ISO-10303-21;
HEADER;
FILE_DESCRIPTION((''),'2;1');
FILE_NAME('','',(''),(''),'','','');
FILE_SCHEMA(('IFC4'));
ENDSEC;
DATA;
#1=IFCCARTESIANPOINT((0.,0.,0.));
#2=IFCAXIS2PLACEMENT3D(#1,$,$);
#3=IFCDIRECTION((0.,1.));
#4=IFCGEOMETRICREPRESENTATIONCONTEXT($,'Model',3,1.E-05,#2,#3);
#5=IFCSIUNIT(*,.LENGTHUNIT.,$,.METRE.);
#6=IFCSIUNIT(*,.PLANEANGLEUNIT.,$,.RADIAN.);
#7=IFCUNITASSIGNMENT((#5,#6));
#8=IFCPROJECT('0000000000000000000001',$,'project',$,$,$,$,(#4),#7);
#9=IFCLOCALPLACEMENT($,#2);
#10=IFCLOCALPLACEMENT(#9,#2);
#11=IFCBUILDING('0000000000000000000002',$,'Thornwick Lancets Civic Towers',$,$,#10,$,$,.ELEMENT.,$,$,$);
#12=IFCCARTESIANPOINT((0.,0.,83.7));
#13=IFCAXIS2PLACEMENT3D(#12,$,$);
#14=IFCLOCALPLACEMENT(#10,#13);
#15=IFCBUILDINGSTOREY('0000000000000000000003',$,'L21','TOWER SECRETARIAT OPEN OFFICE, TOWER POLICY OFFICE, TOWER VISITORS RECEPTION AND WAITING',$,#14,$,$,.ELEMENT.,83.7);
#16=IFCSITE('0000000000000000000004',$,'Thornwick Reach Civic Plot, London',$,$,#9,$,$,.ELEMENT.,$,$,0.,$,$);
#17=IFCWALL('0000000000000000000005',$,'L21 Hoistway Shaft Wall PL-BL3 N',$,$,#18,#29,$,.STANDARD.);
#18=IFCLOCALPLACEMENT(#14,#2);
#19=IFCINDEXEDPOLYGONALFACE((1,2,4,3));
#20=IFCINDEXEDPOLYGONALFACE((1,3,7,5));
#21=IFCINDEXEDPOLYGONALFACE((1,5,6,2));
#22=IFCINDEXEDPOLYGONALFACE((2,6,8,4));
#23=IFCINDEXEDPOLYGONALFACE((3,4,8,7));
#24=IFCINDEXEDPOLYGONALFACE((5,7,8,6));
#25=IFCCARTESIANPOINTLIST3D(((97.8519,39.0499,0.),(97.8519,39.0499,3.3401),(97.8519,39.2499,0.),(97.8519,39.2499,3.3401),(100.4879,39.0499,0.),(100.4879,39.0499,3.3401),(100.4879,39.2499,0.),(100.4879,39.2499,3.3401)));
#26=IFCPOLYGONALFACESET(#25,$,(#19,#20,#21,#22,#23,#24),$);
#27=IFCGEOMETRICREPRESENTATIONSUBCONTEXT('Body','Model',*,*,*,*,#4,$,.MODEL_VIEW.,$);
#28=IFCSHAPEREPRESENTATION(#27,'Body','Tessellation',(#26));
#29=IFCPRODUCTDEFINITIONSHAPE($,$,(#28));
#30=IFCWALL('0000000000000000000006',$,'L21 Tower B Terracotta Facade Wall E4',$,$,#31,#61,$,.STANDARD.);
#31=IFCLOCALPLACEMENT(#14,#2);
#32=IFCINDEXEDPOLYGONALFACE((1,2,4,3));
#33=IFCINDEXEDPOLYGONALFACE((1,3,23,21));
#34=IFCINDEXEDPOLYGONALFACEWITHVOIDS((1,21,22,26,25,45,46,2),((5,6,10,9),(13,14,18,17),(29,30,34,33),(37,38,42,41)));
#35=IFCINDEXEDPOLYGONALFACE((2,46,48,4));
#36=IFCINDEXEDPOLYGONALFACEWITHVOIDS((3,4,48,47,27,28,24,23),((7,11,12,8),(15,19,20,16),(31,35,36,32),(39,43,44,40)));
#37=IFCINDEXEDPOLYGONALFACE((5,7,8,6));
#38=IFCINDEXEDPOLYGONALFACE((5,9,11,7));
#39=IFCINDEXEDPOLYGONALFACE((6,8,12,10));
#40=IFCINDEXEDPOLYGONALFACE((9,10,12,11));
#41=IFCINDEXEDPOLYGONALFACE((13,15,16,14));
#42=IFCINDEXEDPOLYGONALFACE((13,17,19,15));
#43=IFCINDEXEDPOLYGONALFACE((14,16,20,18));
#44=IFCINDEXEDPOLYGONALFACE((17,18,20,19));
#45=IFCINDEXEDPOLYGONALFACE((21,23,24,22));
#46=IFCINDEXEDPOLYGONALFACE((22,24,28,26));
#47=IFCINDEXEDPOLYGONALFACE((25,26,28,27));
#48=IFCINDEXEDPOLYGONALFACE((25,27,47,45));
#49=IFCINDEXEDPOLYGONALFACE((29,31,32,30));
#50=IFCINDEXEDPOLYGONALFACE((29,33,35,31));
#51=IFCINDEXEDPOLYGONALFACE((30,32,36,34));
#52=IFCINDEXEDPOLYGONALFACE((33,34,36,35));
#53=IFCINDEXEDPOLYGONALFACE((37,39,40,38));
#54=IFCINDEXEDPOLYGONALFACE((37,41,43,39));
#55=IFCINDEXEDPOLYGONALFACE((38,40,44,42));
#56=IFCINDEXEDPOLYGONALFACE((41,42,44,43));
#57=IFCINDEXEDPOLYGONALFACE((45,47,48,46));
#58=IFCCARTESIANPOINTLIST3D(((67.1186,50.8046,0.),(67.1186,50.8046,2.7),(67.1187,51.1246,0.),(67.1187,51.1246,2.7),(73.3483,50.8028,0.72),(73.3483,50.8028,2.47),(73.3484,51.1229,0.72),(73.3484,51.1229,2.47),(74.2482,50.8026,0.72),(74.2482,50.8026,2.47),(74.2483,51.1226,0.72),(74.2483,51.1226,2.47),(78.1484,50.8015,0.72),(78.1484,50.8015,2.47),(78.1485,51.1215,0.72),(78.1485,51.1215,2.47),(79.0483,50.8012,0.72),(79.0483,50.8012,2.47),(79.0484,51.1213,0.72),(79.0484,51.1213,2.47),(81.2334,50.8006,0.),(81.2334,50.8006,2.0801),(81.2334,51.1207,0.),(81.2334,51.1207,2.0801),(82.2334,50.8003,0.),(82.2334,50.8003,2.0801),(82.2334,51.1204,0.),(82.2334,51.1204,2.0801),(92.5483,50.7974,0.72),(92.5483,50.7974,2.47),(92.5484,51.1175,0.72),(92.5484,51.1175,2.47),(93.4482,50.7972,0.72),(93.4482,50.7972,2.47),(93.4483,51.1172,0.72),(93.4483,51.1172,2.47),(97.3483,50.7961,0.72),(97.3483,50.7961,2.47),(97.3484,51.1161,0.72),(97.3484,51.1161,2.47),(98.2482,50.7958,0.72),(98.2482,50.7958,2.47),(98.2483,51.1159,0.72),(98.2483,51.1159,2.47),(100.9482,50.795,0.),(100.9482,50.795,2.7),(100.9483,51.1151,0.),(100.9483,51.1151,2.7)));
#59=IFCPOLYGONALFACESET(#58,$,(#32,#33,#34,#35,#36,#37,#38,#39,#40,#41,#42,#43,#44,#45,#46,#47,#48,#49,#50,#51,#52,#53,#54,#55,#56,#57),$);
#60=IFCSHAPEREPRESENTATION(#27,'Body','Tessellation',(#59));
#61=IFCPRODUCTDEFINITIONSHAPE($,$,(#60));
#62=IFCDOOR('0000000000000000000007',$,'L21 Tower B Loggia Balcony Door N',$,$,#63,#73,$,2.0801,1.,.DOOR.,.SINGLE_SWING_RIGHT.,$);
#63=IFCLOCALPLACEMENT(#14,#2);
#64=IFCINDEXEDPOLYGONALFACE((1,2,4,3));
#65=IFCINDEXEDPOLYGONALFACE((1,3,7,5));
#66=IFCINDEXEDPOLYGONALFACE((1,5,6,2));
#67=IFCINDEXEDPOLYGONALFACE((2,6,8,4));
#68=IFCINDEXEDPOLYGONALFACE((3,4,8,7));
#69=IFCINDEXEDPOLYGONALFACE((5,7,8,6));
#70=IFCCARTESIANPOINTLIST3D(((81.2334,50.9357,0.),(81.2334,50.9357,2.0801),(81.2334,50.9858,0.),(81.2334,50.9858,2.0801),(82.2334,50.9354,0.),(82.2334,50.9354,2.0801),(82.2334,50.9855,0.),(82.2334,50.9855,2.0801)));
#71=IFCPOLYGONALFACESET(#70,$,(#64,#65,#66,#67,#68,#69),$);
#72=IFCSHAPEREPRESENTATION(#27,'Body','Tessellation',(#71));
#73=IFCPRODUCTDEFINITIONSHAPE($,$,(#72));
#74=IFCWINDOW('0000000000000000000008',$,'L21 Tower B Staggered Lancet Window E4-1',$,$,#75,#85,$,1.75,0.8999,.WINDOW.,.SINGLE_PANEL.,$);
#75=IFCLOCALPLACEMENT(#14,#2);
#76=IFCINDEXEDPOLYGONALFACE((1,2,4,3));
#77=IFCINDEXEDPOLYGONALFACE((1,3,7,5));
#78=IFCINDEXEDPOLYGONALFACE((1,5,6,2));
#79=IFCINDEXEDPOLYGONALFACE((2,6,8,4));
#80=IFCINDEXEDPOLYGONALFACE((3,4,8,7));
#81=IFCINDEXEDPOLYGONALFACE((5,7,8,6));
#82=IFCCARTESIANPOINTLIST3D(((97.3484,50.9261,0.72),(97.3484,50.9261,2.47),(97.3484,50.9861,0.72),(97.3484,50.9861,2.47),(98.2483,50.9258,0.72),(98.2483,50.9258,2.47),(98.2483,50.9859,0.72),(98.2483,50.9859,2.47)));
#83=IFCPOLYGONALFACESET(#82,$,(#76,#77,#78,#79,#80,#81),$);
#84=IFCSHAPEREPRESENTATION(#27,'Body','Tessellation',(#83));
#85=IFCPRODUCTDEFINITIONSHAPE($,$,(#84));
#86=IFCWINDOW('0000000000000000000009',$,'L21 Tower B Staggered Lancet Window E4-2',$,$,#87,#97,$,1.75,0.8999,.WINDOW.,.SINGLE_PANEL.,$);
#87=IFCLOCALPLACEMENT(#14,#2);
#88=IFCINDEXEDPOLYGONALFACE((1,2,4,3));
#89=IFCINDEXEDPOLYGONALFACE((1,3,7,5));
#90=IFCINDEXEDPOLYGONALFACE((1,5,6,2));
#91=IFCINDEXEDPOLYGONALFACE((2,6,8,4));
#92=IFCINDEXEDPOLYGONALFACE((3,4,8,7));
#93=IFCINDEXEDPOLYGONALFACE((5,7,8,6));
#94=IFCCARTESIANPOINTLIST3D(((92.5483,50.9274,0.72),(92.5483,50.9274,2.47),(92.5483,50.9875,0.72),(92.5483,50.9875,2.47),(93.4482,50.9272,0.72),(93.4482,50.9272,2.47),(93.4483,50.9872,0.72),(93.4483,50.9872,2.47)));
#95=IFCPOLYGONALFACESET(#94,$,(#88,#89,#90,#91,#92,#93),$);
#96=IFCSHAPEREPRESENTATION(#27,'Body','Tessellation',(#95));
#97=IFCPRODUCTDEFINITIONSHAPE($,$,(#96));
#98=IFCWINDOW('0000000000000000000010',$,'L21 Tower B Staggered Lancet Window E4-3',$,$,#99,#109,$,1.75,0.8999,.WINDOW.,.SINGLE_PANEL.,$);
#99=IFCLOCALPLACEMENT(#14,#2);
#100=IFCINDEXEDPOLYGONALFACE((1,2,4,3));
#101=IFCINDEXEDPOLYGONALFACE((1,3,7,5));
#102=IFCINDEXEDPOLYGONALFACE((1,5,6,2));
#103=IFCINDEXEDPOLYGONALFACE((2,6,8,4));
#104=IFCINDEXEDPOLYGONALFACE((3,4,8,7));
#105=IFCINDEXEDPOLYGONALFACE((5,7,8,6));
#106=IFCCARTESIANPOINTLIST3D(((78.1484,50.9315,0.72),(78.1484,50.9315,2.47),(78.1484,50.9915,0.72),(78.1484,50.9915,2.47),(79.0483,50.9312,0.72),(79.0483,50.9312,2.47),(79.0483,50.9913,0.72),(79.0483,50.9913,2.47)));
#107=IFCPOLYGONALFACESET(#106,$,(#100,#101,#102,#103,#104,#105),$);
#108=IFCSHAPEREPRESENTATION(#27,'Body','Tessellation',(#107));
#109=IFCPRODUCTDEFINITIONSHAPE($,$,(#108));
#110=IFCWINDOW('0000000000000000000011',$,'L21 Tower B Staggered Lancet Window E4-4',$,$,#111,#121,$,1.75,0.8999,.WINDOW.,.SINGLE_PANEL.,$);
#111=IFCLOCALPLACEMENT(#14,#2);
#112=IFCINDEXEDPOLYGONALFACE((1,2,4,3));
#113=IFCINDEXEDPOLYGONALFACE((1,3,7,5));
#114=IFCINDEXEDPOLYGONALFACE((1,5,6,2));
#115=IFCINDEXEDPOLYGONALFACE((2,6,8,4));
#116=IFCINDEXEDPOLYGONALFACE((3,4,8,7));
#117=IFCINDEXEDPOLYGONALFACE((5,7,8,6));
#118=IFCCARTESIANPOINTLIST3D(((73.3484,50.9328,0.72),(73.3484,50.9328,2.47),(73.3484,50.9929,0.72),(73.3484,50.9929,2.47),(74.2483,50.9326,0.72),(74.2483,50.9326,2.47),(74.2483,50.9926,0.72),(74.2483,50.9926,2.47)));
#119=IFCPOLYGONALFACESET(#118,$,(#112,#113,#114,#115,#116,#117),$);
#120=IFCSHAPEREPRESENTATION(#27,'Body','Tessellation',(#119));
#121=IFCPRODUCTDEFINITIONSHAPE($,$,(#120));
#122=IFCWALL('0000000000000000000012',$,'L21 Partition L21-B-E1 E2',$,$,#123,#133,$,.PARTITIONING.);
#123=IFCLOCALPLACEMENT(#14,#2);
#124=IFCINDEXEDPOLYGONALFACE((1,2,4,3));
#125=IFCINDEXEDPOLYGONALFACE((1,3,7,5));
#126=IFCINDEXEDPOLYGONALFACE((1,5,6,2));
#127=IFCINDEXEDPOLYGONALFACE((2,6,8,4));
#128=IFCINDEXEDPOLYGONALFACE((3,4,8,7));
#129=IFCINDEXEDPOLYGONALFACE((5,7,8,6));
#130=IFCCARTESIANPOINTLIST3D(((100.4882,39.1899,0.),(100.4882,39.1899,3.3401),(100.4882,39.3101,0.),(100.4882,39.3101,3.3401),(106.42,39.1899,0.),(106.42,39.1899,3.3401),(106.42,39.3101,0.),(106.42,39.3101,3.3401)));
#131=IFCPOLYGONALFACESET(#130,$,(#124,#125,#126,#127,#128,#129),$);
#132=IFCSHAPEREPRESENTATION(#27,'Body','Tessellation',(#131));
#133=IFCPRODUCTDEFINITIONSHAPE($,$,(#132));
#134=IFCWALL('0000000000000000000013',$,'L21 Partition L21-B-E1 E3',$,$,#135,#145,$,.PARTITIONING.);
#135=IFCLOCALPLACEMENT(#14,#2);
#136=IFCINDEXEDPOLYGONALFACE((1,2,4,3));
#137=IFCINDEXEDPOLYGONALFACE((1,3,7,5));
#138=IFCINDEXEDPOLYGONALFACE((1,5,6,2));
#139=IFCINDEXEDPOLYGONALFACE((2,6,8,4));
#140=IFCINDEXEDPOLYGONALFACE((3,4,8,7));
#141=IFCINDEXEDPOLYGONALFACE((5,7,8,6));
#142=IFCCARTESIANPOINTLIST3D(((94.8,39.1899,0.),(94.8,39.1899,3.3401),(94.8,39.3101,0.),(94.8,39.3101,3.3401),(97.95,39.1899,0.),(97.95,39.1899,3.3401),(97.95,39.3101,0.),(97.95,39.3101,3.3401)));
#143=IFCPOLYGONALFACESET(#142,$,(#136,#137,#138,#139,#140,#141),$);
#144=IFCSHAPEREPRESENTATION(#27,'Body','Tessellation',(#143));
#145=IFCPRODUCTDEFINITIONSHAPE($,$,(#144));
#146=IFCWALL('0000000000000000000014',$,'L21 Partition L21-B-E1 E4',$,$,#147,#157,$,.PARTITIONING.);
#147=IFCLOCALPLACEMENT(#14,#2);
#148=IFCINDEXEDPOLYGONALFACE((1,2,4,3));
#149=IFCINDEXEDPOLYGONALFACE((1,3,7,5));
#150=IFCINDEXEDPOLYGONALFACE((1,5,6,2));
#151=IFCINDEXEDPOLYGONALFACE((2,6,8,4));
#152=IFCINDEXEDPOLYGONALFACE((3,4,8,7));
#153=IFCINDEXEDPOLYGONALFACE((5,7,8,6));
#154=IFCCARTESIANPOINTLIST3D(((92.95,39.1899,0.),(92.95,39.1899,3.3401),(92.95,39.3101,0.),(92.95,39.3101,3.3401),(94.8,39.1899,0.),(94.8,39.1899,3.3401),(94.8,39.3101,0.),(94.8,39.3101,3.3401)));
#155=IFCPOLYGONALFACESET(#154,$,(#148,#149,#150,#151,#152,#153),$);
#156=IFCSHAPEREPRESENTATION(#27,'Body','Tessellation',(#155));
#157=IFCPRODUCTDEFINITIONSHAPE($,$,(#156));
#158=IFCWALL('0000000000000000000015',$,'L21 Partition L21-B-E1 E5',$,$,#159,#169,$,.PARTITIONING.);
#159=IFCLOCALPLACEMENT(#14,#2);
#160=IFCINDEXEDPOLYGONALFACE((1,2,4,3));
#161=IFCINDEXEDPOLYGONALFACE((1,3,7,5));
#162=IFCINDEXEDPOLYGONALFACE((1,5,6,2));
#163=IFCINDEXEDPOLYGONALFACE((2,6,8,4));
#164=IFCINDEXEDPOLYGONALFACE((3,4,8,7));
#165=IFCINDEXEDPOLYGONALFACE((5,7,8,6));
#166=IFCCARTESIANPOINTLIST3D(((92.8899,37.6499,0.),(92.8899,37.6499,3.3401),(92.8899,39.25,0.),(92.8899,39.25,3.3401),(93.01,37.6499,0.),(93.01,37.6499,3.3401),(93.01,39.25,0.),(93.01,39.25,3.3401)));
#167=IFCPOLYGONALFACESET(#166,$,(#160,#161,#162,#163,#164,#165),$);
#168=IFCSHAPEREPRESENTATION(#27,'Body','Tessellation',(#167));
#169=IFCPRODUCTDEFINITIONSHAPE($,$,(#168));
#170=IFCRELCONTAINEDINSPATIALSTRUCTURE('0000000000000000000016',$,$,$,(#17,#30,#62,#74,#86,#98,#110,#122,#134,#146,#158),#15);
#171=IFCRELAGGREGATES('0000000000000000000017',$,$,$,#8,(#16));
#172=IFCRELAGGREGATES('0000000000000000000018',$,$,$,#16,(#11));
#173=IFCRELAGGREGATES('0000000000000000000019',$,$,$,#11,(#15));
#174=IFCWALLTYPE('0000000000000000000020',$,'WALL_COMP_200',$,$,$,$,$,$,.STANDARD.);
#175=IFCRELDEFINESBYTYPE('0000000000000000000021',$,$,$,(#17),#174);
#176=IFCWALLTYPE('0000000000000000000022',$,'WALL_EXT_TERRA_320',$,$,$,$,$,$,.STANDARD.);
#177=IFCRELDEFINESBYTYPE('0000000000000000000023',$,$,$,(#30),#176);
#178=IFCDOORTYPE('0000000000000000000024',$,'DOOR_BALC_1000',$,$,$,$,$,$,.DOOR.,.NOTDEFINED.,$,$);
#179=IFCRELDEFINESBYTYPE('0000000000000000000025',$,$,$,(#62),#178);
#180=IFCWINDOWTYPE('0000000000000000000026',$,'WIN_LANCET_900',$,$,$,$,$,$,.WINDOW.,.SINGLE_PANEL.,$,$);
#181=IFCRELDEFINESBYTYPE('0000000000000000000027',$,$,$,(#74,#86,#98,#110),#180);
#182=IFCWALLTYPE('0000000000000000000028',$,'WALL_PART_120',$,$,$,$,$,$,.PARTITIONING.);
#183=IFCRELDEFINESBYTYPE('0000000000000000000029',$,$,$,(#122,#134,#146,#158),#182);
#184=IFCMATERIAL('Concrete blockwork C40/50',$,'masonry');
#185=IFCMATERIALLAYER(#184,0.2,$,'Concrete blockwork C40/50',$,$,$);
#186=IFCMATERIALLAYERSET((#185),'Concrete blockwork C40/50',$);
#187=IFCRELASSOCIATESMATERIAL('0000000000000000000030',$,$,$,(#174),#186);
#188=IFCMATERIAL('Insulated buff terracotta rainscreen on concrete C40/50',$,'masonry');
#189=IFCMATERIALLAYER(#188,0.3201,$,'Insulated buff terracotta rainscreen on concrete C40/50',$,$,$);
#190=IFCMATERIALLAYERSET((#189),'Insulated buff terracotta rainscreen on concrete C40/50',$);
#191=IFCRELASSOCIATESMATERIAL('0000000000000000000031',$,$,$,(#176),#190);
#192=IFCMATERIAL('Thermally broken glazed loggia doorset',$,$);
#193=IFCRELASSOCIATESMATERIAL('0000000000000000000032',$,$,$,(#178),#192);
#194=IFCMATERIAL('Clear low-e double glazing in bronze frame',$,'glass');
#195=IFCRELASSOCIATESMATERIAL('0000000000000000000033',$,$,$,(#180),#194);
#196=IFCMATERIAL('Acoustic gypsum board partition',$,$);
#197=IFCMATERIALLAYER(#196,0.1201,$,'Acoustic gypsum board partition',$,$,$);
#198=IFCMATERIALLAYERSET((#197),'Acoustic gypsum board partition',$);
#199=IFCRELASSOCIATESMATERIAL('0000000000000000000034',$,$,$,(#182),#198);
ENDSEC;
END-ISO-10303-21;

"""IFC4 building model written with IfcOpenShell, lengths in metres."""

from ifc_helpers import new_model, si_unit, direction, frame, frame_2d, origin, place, context, subcontext, project, spatial, rectangle, extrude, material, layer, layer_set, type_object, element, fill, save


model = new_model("IFC4")

# Units and contexts
model_context = context("Model", 3, precision=1e-05, world=origin(), true_north=direction((0.0, 1.0)))
body_context = subcontext(model_context, "Body", "Model", "MODEL_VIEW")
ifc_project = project(units=[si_unit("LENGTHUNIT", "METRE"), si_unit("PLANEANGLEUNIT", "RADIAN")], contexts=[model_context])

# Site, building, storey
site_placement = place(None, origin())
site = spatial("IfcSite", under=ifc_project, at=site_placement, Name="Thornwick Reach Civic Plot, London", CompositionType="ELEMENT", RefElevation=0.0)
building_placement = place(site_placement, origin())
building = spatial("IfcBuilding", under=site, at=building_placement, Name="Thornwick Lancets Civic Towers", CompositionType="ELEMENT")
storey_placement = place(building_placement, frame((0.0, 0.0, 83.7)))
storey = spatial("IfcBuildingStorey", under=building, at=storey_placement, Name="L21", Description="TOWER SECRETARIAT OPEN OFFICE, TOWER POLICY OFFICE, TOWER VISITORS RECEPTION AND WAITING", CompositionType="ELEMENT", Elevation=83.7)

# Wall
ifc_material_1 = material(Name="Concrete blockwork C40/50", Category="masonry")
ifc_layer_1 = layer(ifc_material_1, 0.2, Name="Concrete blockwork C40/50")
ifc_layer_set_1 = layer_set([ifc_layer_1], Name="Concrete blockwork C40/50")
wall_type_1 = type_object("IfcWallType", Name="WALL_COMP_200", PredefinedType="STANDARD", material=ifc_layer_set_1)
wall_1_placement = place(storey_placement, frame((97.8521, 39.1499, 0.0), z_axis=(0.0, 0.0, 1.0), x_axis=(1.0, 0.0, 0.0)))
element("IfcWall", 1, at=wall_1_placement, inside=storey, type_object=wall_type_1, Name="L21 Hoistway Shaft Wall PL-BL3 N", PredefinedType="STANDARD", context=body_context, shape_type="SweptSolid", body=[
    extrude(rectangle(XDim=2.636, YDim=0.2, at=frame_2d((1.3179, 0.0))), origin(), (0.0, 0.0, 1.0), 3.3401),
])

# Wall, openings, door, windows
ifc_material_2 = material(Name="Insulated buff terracotta rainscreen on concrete C40/50", Category="masonry")
ifc_layer_2 = layer(ifc_material_2, 0.3201, Name="Insulated buff terracotta rainscreen on concrete C40/50")
ifc_layer_set_2 = layer_set([ifc_layer_2], Name="Insulated buff terracotta rainscreen on concrete C40/50")
wall_type_2 = type_object("IfcWallType", Name="WALL_EXT_TERRA_320", PredefinedType="STANDARD", material=ifc_layer_set_2)
wall_2_placement = place(storey_placement, frame((100.9482, 50.9551, 0.0), z_axis=(0.0, 0.0, 1.0), x_axis=(-1.0, 0.000281, 0.0)))
wall_2 = element("IfcWall", 2, at=wall_2_placement, inside=storey, type_object=wall_type_2, Name="L21 Tower B Terracotta Facade Wall E4", PredefinedType="STANDARD", context=body_context, shape_type="SweptSolid", body=[
    extrude(rectangle(XDim=33.8296, YDim=0.3201, at=frame_2d((16.9148, 0.0))), origin(), (0.0, 0.0, 1.0), 2.7),
])
opening_1_placement = place(wall_2_placement, frame((18.7148, 0.0, 0.0)))
opening_1 = element("IfcOpeningElement", 3, at=opening_1_placement, cuts=wall_2, PredefinedType="OPENING", context=body_context, shape_type="SweptSolid", body=[
    extrude(rectangle(XDim=1.0, YDim=2.0801, at=frame_2d((0.5, 1.04))), frame((0.0, 0.1699, 0.0), z_axis=(0.0, -1.0, 0.0), x_axis=(1.0, 0.0, 0.0)), (0.0, 0.0, 1.0), 0.3401),
])
opening_2_placement = place(wall_2_placement, frame((2.7, 0.0, 0.72)))
opening_2 = element("IfcOpeningElement", 4, at=opening_2_placement, cuts=wall_2, PredefinedType="OPENING", context=body_context, shape_type="SweptSolid", body=[
    extrude(rectangle(XDim=0.8999, YDim=1.75, at=frame_2d((0.45, 0.875))), frame((0.0, 0.1699, 0.0), z_axis=(0.0, -1.0, 0.0), x_axis=(1.0, 0.0, 0.0)), (0.0, 0.0, 1.0), 0.3401),
])
opening_3_placement = place(wall_2_placement, frame((7.5, 0.0, 0.72)))
opening_3 = element("IfcOpeningElement", 5, at=opening_3_placement, cuts=wall_2, PredefinedType="OPENING", context=body_context, shape_type="SweptSolid", body=[
    extrude(rectangle(XDim=0.8999, YDim=1.75, at=frame_2d((0.45, 0.875))), frame((0.0, 0.1699, 0.0), z_axis=(0.0, -1.0, 0.0), x_axis=(1.0, 0.0, 0.0)), (0.0, 0.0, 1.0), 0.3401),
])
opening_4_placement = place(wall_2_placement, frame((21.8999, 0.0, 0.72)))
opening_4 = element("IfcOpeningElement", 6, at=opening_4_placement, cuts=wall_2, PredefinedType="OPENING", context=body_context, shape_type="SweptSolid", body=[
    extrude(rectangle(XDim=0.8999, YDim=1.75, at=frame_2d((0.45, 0.875))), frame((0.0, 0.1699, 0.0), z_axis=(0.0, -1.0, 0.0), x_axis=(1.0, 0.0, 0.0)), (0.0, 0.0, 1.0), 0.3401),
])
opening_5_placement = place(wall_2_placement, frame((26.7, 0.0, 0.72)))
opening_5 = element("IfcOpeningElement", 7, at=opening_5_placement, cuts=wall_2, PredefinedType="OPENING", context=body_context, shape_type="SweptSolid", body=[
    extrude(rectangle(XDim=0.8999, YDim=1.75, at=frame_2d((0.45, 0.875))), frame((0.0, 0.1699, 0.0), z_axis=(0.0, -1.0, 0.0), x_axis=(1.0, 0.0, 0.0)), (0.0, 0.0, 1.0), 0.3401),
])
ifc_material_3 = material(Name="Thermally broken glazed loggia doorset")
door_type = type_object("IfcDoorType", Name="DOOR_BALC_1000", OperationType="NOTDEFINED", PredefinedType="DOOR", material=ifc_material_3)
door_placement = place(opening_1_placement, origin())
door = element("IfcDoor", 8, at=door_placement, inside=storey, type_object=door_type, Name="L21 Tower B Loggia Balcony Door N", OperationType="SINGLE_SWING_RIGHT", OverallHeight=2.0801, OverallWidth=1.0, PredefinedType="DOOR", context=body_context, shape_type="SweptSolid", body=[
    extrude(rectangle(XDim=1.0, YDim=2.0801, at=frame_2d((0.5, 1.04))), frame((0.0, 0.0249, 0.0), z_axis=(0.0, -1.0, 0.0), x_axis=(1.0, 0.0, 0.0)), (0.0, 0.0, 1.0), 0.05),
])
fill(opening_1, door)
ifc_material_4 = material(Name="Clear low-e double glazing in bronze frame", Category="glass")
window_type = type_object("IfcWindowType", Name="WIN_LANCET_900", PartitioningType="SINGLE_PANEL", PredefinedType="WINDOW", material=ifc_material_4)
window_1_placement = place(opening_2_placement, origin())
window_1 = element("IfcWindow", 9, at=window_1_placement, inside=storey, type_object=window_type, Name="L21 Tower B Staggered Lancet Window E4-1", OverallHeight=1.75, OverallWidth=0.8999, PartitioningType="SINGLE_PANEL", PredefinedType="WINDOW", context=body_context, shape_type="SweptSolid", body=[
    extrude(rectangle(XDim=0.8999, YDim=1.75, at=frame_2d((0.45, 0.875))), frame((0.0, 0.03, 0.0), z_axis=(0.0, -1.0, 0.0), x_axis=(1.0, 0.0, 0.0)), (0.0, 0.0, 1.0), 0.0601),
])
fill(opening_2, window_1)
window_2_placement = place(opening_3_placement, origin())
window_2 = element("IfcWindow", 10, at=window_2_placement, inside=storey, type_object=window_type, Name="L21 Tower B Staggered Lancet Window E4-2", OverallHeight=1.75, OverallWidth=0.8999, PartitioningType="SINGLE_PANEL", PredefinedType="WINDOW", context=body_context, shape_type="SweptSolid", body=[
    extrude(rectangle(XDim=0.8999, YDim=1.75, at=frame_2d((0.45, 0.875))), frame((0.0, 0.03, 0.0), z_axis=(0.0, -1.0, 0.0), x_axis=(1.0, 0.0, 0.0)), (0.0, 0.0, 1.0), 0.0601),
])
fill(opening_3, window_2)
window_3_placement = place(opening_4_placement, origin())
window_3 = element("IfcWindow", 11, at=window_3_placement, inside=storey, type_object=window_type, Name="L21 Tower B Staggered Lancet Window E4-3", OverallHeight=1.75, OverallWidth=0.8999, PartitioningType="SINGLE_PANEL", PredefinedType="WINDOW", context=body_context, shape_type="SweptSolid", body=[
    extrude(rectangle(XDim=0.8999, YDim=1.75, at=frame_2d((0.45, 0.875))), frame((0.0, 0.03, 0.0), z_axis=(0.0, -1.0, 0.0), x_axis=(1.0, 0.0, 0.0)), (0.0, 0.0, 1.0), 0.0601),
])
fill(opening_4, window_3)
window_4_placement = place(opening_5_placement, origin())
window_4 = element("IfcWindow", 12, at=window_4_placement, inside=storey, type_object=window_type, Name="L21 Tower B Staggered Lancet Window E4-4", OverallHeight=1.75, OverallWidth=0.8999, PartitioningType="SINGLE_PANEL", PredefinedType="WINDOW", context=body_context, shape_type="SweptSolid", body=[
    extrude(rectangle(XDim=0.8999, YDim=1.75, at=frame_2d((0.45, 0.875))), frame((0.0, 0.03, 0.0), z_axis=(0.0, -1.0, 0.0), x_axis=(1.0, 0.0, 0.0)), (0.0, 0.0, 1.0), 0.0601),
])
fill(opening_5, window_4)

# Walls
ifc_material_5 = material(Name="Acoustic gypsum board partition")
ifc_layer_3 = layer(ifc_material_5, 0.1201, Name="Acoustic gypsum board partition")
ifc_layer_set_3 = layer_set([ifc_layer_3], Name="Acoustic gypsum board partition")
wall_type_3 = type_object("IfcWallType", Name="WALL_PART_120", PredefinedType="PARTITIONING", material=ifc_layer_set_3)
wall_3_placement = place(storey_placement, frame((106.4199, 39.25, 0.0), z_axis=(0.0, 0.0, 1.0), x_axis=(-1.0, 0.0, 0.0)))
element("IfcWall", 13, at=wall_3_placement, inside=storey, type_object=wall_type_3, Name="L21 Partition L21-B-E1 E2", PredefinedType="PARTITIONING", context=body_context, shape_type="SweptSolid", body=[
    extrude(rectangle(XDim=5.9319, YDim=0.1201, at=frame_2d((2.9658, 0.0))), origin(), (0.0, 0.0, 1.0), 3.3401),
])
wall_4_placement = place(storey_placement, frame((97.95, 39.25, 0.0), z_axis=(0.0, 0.0, 1.0), x_axis=(-1.0, 0.0, 0.0)))
element("IfcWall", 14, at=wall_4_placement, inside=storey, type_object=wall_type_3, Name="L21 Partition L21-B-E1 E3", PredefinedType="PARTITIONING", context=body_context, shape_type="SweptSolid", body=[
    extrude(rectangle(XDim=3.1499, YDim=0.1201, at=frame_2d((1.575, 0.0))), origin(), (0.0, 0.0, 1.0), 3.3401),
])
wall_5_placement = place(storey_placement, frame((94.8, 39.25, 0.0), z_axis=(0.0, 0.0, 1.0), x_axis=(-1.0, 0.0, 0.0)))
element("IfcWall", 15, at=wall_5_placement, inside=storey, type_object=wall_type_3, Name="L21 Partition L21-B-E1 E4", PredefinedType="PARTITIONING", context=body_context, shape_type="SweptSolid", body=[
    extrude(rectangle(XDim=1.8501, YDim=0.1201, at=frame_2d((0.925, 0.0))), origin(), (0.0, 0.0, 1.0), 3.3401),
])
wall_6_placement = place(storey_placement, frame((92.95, 39.25, 0.0), z_axis=(0.0, 0.0, 1.0), x_axis=(0.0, -1.0, 0.0)))
element("IfcWall", 16, at=wall_6_placement, inside=storey, type_object=wall_type_3, Name="L21 Partition L21-B-E1 E5", PredefinedType="PARTITIONING", context=body_context, shape_type="SweptSolid", body=[
    extrude(rectangle(XDim=1.6001, YDim=0.1201, at=frame_2d((0.8, 0.0))), origin(), (0.0, 0.0, 1.0), 3.3401),
])

save(model, "model.ifc")
